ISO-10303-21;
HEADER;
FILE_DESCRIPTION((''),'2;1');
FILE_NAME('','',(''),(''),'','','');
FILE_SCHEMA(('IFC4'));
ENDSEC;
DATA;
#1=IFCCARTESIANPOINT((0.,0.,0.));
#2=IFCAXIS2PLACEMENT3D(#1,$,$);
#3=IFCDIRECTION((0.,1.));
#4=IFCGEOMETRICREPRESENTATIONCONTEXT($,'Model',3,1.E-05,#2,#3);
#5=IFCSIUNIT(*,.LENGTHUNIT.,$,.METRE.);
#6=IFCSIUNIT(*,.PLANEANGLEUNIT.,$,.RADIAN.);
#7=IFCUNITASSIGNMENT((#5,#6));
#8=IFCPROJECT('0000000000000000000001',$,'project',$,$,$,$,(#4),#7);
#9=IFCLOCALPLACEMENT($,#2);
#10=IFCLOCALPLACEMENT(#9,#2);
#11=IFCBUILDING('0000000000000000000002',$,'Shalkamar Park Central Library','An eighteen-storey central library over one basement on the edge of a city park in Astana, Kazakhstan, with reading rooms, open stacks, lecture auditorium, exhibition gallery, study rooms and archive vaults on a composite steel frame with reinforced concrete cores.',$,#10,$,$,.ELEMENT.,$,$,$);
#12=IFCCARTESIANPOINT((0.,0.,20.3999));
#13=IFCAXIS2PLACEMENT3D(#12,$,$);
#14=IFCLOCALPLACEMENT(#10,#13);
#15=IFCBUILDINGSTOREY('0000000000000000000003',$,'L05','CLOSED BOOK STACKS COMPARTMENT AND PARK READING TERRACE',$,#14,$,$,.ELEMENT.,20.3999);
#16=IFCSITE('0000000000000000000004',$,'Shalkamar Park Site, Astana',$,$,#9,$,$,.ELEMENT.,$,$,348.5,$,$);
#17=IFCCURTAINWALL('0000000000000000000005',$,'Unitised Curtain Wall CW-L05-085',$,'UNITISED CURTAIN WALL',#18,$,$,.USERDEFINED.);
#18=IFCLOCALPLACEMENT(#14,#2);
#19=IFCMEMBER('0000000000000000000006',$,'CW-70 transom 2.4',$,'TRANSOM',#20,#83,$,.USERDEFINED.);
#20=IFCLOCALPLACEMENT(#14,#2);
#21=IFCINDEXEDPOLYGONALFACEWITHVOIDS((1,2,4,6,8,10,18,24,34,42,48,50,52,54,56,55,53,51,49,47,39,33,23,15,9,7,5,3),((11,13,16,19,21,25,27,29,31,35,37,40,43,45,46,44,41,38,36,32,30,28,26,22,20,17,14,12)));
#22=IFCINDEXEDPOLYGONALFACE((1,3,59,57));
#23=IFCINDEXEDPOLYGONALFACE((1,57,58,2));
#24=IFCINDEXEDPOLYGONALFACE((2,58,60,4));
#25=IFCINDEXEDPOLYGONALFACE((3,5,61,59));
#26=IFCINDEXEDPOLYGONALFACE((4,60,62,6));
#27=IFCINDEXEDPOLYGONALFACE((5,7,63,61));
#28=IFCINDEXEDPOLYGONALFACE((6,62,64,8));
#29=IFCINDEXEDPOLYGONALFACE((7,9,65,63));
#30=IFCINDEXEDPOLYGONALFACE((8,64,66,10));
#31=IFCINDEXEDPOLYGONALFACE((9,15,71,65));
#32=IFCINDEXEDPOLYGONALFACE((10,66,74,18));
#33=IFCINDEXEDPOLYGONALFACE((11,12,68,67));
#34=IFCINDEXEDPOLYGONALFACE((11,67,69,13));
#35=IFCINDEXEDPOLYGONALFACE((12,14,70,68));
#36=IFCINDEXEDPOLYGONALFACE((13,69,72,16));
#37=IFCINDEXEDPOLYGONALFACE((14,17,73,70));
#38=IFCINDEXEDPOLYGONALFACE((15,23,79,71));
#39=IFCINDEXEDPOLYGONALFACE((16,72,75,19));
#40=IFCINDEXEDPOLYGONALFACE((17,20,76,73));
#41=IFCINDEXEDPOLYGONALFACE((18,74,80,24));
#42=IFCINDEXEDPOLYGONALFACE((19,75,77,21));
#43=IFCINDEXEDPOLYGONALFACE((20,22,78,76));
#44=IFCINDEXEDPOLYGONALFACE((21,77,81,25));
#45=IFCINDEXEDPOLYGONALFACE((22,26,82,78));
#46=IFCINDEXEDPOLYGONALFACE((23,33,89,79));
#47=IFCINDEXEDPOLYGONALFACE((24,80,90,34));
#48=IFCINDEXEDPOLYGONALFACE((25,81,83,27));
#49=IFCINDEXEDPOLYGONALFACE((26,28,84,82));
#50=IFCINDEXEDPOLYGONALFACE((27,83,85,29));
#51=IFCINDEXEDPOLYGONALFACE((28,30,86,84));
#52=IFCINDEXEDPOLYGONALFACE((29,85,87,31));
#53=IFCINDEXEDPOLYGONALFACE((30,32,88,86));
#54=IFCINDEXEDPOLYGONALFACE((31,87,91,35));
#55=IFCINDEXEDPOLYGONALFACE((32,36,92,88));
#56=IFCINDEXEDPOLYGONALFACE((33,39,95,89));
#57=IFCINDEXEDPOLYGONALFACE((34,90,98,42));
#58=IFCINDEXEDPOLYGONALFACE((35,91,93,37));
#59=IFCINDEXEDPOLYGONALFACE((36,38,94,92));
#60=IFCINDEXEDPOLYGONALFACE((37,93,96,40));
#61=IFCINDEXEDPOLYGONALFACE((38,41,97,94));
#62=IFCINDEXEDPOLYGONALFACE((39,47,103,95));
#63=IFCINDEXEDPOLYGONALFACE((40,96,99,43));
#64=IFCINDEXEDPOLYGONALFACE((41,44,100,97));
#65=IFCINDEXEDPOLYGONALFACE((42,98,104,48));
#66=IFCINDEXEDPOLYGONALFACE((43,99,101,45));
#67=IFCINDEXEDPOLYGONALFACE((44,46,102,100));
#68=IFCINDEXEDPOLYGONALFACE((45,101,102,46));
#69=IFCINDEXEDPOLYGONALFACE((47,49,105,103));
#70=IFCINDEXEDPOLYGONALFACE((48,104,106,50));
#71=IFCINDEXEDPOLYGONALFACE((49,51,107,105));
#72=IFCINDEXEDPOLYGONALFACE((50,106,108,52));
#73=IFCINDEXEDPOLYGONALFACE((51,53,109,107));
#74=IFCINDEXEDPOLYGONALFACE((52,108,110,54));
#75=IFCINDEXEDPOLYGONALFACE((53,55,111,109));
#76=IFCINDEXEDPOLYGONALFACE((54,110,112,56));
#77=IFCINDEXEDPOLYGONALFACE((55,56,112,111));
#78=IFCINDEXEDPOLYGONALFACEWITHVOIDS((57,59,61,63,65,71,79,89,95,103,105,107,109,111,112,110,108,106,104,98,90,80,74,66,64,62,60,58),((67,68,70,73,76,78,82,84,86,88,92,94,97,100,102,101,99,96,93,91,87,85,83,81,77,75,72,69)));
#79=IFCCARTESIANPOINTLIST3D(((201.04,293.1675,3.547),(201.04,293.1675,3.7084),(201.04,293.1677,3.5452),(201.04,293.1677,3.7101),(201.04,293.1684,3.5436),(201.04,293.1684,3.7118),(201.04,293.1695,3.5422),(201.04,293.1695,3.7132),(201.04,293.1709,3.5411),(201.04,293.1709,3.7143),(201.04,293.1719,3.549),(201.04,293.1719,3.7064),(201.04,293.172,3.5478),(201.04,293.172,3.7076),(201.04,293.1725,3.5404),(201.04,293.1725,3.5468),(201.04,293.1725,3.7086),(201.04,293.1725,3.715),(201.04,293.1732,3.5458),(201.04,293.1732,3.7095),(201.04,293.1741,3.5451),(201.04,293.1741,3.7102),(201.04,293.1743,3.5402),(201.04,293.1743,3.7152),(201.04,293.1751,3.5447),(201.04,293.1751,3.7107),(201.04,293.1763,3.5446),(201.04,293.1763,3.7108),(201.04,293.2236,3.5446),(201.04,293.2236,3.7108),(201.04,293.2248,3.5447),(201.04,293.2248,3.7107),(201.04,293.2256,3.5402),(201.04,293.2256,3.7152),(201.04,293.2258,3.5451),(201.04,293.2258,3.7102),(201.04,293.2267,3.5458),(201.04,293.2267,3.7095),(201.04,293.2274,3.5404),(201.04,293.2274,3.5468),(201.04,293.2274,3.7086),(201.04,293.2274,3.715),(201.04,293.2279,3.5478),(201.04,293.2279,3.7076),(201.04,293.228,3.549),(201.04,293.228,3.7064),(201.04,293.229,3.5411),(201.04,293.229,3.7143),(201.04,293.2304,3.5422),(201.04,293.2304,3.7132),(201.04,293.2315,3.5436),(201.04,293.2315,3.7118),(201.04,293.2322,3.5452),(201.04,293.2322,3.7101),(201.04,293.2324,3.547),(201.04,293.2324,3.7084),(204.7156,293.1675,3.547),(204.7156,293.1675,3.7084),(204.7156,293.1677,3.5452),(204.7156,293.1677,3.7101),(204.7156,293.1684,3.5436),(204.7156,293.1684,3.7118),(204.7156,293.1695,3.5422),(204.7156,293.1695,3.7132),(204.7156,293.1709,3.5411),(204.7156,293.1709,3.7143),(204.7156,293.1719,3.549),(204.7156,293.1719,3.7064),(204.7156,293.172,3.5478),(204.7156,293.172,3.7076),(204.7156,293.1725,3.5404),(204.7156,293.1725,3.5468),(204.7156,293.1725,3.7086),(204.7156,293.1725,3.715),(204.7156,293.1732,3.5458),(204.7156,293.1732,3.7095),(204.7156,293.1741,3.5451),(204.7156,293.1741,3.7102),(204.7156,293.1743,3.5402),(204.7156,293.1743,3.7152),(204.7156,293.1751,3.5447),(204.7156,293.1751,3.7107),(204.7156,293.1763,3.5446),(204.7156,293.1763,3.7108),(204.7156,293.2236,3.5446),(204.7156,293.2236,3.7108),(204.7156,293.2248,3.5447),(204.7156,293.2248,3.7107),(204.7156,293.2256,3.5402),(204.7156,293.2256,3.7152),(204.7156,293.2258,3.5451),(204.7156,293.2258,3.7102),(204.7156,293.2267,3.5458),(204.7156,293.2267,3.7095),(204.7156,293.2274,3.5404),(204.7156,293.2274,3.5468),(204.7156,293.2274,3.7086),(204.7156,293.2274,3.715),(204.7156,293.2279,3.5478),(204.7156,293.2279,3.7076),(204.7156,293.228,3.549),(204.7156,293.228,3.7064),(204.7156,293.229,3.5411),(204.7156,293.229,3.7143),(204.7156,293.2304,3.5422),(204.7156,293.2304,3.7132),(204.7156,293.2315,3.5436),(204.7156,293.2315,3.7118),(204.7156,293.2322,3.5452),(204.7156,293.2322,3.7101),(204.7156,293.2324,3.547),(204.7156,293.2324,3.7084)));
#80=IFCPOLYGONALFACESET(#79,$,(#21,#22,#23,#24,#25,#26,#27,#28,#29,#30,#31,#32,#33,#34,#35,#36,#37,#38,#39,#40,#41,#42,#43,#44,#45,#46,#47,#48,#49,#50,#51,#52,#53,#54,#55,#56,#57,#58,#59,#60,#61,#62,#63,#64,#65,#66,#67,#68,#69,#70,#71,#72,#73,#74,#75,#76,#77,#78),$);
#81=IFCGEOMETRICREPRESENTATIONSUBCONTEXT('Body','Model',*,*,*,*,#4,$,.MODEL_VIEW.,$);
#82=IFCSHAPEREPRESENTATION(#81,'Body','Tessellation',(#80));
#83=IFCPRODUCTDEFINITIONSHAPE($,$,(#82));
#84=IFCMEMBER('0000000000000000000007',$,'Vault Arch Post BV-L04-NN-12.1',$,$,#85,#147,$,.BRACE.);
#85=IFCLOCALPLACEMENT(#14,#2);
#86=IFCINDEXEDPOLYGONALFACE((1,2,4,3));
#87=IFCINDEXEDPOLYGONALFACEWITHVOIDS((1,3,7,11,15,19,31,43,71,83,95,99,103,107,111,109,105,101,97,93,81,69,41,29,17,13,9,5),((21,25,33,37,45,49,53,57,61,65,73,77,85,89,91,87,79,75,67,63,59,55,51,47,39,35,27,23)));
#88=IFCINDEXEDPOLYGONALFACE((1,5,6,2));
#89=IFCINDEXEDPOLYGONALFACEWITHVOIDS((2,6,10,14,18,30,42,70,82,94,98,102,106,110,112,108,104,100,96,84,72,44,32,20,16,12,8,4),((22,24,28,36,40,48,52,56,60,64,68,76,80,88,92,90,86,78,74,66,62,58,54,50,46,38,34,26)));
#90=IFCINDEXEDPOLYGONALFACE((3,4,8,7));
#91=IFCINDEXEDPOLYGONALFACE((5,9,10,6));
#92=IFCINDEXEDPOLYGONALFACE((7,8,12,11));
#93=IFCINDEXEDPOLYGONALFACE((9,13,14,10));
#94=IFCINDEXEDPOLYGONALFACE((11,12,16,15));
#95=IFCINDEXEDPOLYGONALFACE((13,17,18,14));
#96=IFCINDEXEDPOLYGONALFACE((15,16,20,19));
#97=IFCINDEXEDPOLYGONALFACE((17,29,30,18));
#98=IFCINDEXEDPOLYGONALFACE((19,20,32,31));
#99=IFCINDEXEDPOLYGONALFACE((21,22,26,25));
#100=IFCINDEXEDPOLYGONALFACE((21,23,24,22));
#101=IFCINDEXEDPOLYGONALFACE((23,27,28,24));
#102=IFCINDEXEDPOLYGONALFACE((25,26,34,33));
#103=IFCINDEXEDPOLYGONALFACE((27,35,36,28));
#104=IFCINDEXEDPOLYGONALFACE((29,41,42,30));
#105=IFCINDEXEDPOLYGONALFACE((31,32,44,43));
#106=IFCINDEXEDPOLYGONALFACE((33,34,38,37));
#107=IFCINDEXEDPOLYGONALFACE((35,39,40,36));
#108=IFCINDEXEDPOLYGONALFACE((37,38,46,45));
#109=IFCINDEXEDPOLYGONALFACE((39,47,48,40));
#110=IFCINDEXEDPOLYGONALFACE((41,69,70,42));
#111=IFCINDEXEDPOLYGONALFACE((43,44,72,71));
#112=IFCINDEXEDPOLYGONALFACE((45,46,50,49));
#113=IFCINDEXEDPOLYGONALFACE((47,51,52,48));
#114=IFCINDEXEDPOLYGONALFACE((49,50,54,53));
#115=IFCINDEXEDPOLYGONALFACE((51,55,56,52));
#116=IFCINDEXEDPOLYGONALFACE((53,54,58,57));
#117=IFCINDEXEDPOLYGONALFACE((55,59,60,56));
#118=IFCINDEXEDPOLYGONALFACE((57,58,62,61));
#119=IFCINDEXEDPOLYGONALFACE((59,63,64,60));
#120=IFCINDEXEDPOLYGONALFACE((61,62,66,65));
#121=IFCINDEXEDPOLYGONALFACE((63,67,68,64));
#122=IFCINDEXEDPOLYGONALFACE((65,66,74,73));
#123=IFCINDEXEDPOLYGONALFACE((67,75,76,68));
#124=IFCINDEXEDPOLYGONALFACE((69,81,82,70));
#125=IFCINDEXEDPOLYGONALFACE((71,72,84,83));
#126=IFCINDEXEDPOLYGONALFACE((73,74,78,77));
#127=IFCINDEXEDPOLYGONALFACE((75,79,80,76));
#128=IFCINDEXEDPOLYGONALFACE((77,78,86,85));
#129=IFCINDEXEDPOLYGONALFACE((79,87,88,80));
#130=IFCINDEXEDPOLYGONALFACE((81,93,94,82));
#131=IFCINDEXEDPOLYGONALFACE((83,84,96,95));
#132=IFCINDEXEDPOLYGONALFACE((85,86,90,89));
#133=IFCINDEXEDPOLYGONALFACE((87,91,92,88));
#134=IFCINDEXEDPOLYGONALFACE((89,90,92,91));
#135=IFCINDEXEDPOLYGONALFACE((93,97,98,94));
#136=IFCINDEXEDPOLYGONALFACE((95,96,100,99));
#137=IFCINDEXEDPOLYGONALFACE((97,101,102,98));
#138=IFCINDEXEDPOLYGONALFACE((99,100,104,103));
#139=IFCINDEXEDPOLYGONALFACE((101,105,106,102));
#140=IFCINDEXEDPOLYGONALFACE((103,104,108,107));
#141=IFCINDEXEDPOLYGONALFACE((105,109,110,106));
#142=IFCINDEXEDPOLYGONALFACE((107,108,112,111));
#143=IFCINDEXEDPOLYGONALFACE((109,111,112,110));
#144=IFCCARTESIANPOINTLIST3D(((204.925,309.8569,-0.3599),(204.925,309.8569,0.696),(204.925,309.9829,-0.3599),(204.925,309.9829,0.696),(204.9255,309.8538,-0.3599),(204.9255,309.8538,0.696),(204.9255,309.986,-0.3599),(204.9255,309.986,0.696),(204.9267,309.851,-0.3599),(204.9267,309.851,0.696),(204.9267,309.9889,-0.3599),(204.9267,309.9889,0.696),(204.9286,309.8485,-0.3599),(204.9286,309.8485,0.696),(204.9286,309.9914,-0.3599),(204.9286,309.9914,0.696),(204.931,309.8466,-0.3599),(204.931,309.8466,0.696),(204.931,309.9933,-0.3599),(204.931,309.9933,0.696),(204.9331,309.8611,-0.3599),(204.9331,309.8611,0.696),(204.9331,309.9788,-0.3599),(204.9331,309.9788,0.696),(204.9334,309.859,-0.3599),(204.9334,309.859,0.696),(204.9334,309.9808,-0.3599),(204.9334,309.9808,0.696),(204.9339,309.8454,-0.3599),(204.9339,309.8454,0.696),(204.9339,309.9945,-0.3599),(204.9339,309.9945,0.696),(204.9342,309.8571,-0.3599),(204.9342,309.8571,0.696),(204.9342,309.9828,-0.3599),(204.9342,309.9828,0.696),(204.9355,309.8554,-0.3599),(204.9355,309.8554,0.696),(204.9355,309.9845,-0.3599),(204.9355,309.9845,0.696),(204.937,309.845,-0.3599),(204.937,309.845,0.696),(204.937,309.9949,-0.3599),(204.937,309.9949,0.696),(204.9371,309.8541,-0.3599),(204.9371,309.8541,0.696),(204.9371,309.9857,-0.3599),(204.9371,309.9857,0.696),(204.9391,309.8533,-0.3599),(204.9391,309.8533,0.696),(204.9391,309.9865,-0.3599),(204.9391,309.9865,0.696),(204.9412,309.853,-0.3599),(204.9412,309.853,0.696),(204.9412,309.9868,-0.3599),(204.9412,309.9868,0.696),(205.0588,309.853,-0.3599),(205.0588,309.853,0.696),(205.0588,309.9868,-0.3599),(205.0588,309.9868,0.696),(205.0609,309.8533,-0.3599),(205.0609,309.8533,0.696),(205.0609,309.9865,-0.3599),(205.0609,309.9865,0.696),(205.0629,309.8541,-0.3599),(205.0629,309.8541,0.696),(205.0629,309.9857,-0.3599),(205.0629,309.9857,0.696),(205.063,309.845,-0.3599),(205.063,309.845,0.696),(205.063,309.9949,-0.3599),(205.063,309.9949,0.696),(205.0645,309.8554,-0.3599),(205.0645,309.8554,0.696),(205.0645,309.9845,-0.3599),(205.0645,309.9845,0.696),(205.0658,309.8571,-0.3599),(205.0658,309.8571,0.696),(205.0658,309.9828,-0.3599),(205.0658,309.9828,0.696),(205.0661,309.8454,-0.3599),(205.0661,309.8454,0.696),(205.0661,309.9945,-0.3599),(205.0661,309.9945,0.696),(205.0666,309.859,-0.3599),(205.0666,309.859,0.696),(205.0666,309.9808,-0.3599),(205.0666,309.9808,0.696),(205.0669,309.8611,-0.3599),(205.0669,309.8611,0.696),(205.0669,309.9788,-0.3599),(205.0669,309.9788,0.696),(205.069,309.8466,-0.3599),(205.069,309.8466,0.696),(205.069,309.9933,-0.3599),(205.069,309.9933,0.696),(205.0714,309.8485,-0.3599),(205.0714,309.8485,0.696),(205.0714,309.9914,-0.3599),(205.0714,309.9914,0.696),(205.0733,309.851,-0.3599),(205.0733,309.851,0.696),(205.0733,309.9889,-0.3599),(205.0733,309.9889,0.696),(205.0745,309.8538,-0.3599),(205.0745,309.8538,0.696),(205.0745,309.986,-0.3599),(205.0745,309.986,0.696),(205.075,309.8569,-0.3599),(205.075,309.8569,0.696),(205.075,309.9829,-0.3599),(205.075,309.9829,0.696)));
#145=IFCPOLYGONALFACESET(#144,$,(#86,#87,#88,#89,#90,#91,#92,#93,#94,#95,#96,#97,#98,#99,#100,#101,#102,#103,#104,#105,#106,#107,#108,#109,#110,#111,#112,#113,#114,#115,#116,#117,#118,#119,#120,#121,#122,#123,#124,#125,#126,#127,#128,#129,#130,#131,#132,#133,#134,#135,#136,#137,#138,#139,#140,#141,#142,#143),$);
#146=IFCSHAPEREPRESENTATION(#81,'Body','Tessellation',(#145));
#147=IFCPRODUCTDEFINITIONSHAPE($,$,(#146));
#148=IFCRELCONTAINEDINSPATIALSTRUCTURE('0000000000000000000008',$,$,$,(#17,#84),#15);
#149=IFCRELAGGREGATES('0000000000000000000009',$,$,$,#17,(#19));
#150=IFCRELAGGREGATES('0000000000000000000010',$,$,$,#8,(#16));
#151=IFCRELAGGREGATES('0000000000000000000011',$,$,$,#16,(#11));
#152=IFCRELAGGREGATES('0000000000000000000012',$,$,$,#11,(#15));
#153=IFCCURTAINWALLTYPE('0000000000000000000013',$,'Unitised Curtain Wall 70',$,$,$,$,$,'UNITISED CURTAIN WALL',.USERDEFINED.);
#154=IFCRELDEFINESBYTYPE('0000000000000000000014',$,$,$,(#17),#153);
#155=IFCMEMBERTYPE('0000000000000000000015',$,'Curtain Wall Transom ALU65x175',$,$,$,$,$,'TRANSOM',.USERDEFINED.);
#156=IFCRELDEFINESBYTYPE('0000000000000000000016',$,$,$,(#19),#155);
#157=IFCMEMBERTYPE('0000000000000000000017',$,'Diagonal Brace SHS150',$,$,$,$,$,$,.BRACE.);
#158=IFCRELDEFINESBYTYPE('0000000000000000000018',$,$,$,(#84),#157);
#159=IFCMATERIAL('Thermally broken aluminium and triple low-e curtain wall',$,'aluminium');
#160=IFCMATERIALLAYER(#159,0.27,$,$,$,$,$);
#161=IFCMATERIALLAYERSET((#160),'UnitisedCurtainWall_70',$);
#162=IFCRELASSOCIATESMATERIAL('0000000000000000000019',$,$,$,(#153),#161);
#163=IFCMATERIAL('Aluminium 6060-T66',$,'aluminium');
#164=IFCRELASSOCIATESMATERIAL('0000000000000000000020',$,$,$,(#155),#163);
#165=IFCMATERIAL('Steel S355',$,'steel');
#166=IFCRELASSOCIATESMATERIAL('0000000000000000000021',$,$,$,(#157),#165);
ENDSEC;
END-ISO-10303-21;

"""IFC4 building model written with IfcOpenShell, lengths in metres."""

from ifc_helpers import new_model, si_unit, direction, frame, origin, origin_2d, place, context, subcontext, project, spatial, hollow_rectangle, extrude, material, layer, layer_set, material_profile, profile_set, type_object, element, aggregate, save


model = new_model("IFC4")

# Units and contexts
model_context = context("Model", 3, precision=1e-05, world=origin(), true_north=direction((0.0, 1.0)))
body_context = subcontext(model_context, "Body", "Model", "MODEL_VIEW")
ifc_project = project(units=[si_unit("LENGTHUNIT", "METRE"), si_unit("PLANEANGLEUNIT", "RADIAN")], contexts=[model_context])

# Site, building, storey
site_placement = place(None, origin())
site = spatial("IfcSite", under=ifc_project, at=site_placement, Name="Shalkamar Park Site, Astana", CompositionType="ELEMENT", RefElevation=348.5)
building_placement = place(site_placement, origin())
building = spatial("IfcBuilding", under=site, at=building_placement, Name="Shalkamar Park Central Library", Description="An eighteen-storey central library over one basement on the edge of a city park in Astana, Kazakhstan, with reading rooms, open stacks, lecture auditorium, exhibition gallery, study rooms and archive vaults on a composite steel frame with reinforced concrete cores.", CompositionType="ELEMENT")
storey_placement = place(building_placement, frame((0.0, 0.0, 20.3999)))
storey = spatial("IfcBuildingStorey", under=building, at=storey_placement, Name="L05", Description="CLOSED BOOK STACKS COMPARTMENT AND PARK READING TERRACE", CompositionType="ELEMENT", Elevation=20.3999)

# Shared definitions
ifc_material_1 = material(Name="Steel S355", Category="steel")

# Curtain wall, member
ifc_material_2 = material(Name="Thermally broken aluminium and triple low-e curtain wall", Category="aluminium")
ifc_layer_1 = layer(ifc_material_2, 0.27)
ifc_layer_set_1 = layer_set([ifc_layer_1], Name="UnitisedCurtainWall_70")
curtain_wall_type = type_object("IfcCurtainWallType", Name="Unitised Curtain Wall 70", ElementType="UNITISED CURTAIN WALL", PredefinedType="USERDEFINED", material=ifc_layer_set_1)
curtain_wall_placement = place(storey_placement, origin())
curtain_wall = element("IfcCurtainWall", 1, at=curtain_wall_placement, inside=storey, type_object=curtain_wall_type, Name="Unitised Curtain Wall CW-L05-085", ObjectType="UNITISED CURTAIN WALL", PredefinedType="USERDEFINED")
ifc_material_3 = material(Name="Aluminium 6060-T66", Category="aluminium")
ifc_material_profile_1 = material_profile(ifc_material_3, hollow_rectangle(XDim=0.0649, YDim=0.175, WallThickness=0.0044, InnerFilletRadius=0.0044, OuterFilletRadius=0.0068, at=origin_2d()), Name="ALU 65x175x4.5")
ifc_profile_set_1 = profile_set([ifc_material_profile_1], Name="Aluminium 6060-T66")
member_type_1 = type_object("IfcMemberType", Name="Curtain Wall Transom ALU65x175", ElementType="TRANSOM", PredefinedType="USERDEFINED", material=ifc_profile_set_1)
member_1_placement = place(storey_placement, frame((201.04, 293.2, 3.6277), z_axis=(1.0, 0.0, 0.0), x_axis=(0.0, 1.0, 0.0)))
member_1 = element("IfcMember", 2, at=member_1_placement, type_object=member_type_1, Name="CW-70 transom 2.4", ObjectType="TRANSOM", PredefinedType="USERDEFINED", context=body_context, shape_type="SweptSolid", body=[
    extrude(hollow_rectangle(XDim=0.0649, YDim=0.175, WallThickness=0.0044, InnerFilletRadius=0.0044, OuterFilletRadius=0.0068, at=origin_2d()), origin(), (0.0, 0.0, 1.0), 3.6755),
])

# Member
ifc_material_profile_2 = material_profile(ifc_material_1, hollow_rectangle(XDim=0.1499, YDim=0.1499, WallThickness=0.0081, InnerFilletRadius=0.0081, OuterFilletRadius=0.012, at=origin_2d()), Name="SHS 150x150x8")
ifc_profile_set_2 = profile_set([ifc_material_profile_2], Name="Steel S355")
member_type_2 = type_object("IfcMemberType", Name="Diagonal Brace SHS150", PredefinedType="BRACE", material=ifc_profile_set_2)
member_2_placement = place(storey_placement, frame((205.0, 309.9199, -0.3599), z_axis=(0.0, 0.0, 1.0), x_axis=(1.0, 0.0, 0.0)))
element("IfcMember", 3, at=member_2_placement, inside=storey, type_object=member_type_2, Name="Vault Arch Post BV-L04-NN-12.1", PredefinedType="BRACE", context=body_context, shape_type="SweptSolid", body=[
    extrude(hollow_rectangle(XDim=0.1499, YDim=0.1499, WallThickness=0.0081, InnerFilletRadius=0.0081, OuterFilletRadius=0.012, at=origin_2d()), origin(), (0.0, 0.0, 1.0), 1.0559),
])

aggregate(curtain_wall, [member_1])

save(model, "model.ifc")
